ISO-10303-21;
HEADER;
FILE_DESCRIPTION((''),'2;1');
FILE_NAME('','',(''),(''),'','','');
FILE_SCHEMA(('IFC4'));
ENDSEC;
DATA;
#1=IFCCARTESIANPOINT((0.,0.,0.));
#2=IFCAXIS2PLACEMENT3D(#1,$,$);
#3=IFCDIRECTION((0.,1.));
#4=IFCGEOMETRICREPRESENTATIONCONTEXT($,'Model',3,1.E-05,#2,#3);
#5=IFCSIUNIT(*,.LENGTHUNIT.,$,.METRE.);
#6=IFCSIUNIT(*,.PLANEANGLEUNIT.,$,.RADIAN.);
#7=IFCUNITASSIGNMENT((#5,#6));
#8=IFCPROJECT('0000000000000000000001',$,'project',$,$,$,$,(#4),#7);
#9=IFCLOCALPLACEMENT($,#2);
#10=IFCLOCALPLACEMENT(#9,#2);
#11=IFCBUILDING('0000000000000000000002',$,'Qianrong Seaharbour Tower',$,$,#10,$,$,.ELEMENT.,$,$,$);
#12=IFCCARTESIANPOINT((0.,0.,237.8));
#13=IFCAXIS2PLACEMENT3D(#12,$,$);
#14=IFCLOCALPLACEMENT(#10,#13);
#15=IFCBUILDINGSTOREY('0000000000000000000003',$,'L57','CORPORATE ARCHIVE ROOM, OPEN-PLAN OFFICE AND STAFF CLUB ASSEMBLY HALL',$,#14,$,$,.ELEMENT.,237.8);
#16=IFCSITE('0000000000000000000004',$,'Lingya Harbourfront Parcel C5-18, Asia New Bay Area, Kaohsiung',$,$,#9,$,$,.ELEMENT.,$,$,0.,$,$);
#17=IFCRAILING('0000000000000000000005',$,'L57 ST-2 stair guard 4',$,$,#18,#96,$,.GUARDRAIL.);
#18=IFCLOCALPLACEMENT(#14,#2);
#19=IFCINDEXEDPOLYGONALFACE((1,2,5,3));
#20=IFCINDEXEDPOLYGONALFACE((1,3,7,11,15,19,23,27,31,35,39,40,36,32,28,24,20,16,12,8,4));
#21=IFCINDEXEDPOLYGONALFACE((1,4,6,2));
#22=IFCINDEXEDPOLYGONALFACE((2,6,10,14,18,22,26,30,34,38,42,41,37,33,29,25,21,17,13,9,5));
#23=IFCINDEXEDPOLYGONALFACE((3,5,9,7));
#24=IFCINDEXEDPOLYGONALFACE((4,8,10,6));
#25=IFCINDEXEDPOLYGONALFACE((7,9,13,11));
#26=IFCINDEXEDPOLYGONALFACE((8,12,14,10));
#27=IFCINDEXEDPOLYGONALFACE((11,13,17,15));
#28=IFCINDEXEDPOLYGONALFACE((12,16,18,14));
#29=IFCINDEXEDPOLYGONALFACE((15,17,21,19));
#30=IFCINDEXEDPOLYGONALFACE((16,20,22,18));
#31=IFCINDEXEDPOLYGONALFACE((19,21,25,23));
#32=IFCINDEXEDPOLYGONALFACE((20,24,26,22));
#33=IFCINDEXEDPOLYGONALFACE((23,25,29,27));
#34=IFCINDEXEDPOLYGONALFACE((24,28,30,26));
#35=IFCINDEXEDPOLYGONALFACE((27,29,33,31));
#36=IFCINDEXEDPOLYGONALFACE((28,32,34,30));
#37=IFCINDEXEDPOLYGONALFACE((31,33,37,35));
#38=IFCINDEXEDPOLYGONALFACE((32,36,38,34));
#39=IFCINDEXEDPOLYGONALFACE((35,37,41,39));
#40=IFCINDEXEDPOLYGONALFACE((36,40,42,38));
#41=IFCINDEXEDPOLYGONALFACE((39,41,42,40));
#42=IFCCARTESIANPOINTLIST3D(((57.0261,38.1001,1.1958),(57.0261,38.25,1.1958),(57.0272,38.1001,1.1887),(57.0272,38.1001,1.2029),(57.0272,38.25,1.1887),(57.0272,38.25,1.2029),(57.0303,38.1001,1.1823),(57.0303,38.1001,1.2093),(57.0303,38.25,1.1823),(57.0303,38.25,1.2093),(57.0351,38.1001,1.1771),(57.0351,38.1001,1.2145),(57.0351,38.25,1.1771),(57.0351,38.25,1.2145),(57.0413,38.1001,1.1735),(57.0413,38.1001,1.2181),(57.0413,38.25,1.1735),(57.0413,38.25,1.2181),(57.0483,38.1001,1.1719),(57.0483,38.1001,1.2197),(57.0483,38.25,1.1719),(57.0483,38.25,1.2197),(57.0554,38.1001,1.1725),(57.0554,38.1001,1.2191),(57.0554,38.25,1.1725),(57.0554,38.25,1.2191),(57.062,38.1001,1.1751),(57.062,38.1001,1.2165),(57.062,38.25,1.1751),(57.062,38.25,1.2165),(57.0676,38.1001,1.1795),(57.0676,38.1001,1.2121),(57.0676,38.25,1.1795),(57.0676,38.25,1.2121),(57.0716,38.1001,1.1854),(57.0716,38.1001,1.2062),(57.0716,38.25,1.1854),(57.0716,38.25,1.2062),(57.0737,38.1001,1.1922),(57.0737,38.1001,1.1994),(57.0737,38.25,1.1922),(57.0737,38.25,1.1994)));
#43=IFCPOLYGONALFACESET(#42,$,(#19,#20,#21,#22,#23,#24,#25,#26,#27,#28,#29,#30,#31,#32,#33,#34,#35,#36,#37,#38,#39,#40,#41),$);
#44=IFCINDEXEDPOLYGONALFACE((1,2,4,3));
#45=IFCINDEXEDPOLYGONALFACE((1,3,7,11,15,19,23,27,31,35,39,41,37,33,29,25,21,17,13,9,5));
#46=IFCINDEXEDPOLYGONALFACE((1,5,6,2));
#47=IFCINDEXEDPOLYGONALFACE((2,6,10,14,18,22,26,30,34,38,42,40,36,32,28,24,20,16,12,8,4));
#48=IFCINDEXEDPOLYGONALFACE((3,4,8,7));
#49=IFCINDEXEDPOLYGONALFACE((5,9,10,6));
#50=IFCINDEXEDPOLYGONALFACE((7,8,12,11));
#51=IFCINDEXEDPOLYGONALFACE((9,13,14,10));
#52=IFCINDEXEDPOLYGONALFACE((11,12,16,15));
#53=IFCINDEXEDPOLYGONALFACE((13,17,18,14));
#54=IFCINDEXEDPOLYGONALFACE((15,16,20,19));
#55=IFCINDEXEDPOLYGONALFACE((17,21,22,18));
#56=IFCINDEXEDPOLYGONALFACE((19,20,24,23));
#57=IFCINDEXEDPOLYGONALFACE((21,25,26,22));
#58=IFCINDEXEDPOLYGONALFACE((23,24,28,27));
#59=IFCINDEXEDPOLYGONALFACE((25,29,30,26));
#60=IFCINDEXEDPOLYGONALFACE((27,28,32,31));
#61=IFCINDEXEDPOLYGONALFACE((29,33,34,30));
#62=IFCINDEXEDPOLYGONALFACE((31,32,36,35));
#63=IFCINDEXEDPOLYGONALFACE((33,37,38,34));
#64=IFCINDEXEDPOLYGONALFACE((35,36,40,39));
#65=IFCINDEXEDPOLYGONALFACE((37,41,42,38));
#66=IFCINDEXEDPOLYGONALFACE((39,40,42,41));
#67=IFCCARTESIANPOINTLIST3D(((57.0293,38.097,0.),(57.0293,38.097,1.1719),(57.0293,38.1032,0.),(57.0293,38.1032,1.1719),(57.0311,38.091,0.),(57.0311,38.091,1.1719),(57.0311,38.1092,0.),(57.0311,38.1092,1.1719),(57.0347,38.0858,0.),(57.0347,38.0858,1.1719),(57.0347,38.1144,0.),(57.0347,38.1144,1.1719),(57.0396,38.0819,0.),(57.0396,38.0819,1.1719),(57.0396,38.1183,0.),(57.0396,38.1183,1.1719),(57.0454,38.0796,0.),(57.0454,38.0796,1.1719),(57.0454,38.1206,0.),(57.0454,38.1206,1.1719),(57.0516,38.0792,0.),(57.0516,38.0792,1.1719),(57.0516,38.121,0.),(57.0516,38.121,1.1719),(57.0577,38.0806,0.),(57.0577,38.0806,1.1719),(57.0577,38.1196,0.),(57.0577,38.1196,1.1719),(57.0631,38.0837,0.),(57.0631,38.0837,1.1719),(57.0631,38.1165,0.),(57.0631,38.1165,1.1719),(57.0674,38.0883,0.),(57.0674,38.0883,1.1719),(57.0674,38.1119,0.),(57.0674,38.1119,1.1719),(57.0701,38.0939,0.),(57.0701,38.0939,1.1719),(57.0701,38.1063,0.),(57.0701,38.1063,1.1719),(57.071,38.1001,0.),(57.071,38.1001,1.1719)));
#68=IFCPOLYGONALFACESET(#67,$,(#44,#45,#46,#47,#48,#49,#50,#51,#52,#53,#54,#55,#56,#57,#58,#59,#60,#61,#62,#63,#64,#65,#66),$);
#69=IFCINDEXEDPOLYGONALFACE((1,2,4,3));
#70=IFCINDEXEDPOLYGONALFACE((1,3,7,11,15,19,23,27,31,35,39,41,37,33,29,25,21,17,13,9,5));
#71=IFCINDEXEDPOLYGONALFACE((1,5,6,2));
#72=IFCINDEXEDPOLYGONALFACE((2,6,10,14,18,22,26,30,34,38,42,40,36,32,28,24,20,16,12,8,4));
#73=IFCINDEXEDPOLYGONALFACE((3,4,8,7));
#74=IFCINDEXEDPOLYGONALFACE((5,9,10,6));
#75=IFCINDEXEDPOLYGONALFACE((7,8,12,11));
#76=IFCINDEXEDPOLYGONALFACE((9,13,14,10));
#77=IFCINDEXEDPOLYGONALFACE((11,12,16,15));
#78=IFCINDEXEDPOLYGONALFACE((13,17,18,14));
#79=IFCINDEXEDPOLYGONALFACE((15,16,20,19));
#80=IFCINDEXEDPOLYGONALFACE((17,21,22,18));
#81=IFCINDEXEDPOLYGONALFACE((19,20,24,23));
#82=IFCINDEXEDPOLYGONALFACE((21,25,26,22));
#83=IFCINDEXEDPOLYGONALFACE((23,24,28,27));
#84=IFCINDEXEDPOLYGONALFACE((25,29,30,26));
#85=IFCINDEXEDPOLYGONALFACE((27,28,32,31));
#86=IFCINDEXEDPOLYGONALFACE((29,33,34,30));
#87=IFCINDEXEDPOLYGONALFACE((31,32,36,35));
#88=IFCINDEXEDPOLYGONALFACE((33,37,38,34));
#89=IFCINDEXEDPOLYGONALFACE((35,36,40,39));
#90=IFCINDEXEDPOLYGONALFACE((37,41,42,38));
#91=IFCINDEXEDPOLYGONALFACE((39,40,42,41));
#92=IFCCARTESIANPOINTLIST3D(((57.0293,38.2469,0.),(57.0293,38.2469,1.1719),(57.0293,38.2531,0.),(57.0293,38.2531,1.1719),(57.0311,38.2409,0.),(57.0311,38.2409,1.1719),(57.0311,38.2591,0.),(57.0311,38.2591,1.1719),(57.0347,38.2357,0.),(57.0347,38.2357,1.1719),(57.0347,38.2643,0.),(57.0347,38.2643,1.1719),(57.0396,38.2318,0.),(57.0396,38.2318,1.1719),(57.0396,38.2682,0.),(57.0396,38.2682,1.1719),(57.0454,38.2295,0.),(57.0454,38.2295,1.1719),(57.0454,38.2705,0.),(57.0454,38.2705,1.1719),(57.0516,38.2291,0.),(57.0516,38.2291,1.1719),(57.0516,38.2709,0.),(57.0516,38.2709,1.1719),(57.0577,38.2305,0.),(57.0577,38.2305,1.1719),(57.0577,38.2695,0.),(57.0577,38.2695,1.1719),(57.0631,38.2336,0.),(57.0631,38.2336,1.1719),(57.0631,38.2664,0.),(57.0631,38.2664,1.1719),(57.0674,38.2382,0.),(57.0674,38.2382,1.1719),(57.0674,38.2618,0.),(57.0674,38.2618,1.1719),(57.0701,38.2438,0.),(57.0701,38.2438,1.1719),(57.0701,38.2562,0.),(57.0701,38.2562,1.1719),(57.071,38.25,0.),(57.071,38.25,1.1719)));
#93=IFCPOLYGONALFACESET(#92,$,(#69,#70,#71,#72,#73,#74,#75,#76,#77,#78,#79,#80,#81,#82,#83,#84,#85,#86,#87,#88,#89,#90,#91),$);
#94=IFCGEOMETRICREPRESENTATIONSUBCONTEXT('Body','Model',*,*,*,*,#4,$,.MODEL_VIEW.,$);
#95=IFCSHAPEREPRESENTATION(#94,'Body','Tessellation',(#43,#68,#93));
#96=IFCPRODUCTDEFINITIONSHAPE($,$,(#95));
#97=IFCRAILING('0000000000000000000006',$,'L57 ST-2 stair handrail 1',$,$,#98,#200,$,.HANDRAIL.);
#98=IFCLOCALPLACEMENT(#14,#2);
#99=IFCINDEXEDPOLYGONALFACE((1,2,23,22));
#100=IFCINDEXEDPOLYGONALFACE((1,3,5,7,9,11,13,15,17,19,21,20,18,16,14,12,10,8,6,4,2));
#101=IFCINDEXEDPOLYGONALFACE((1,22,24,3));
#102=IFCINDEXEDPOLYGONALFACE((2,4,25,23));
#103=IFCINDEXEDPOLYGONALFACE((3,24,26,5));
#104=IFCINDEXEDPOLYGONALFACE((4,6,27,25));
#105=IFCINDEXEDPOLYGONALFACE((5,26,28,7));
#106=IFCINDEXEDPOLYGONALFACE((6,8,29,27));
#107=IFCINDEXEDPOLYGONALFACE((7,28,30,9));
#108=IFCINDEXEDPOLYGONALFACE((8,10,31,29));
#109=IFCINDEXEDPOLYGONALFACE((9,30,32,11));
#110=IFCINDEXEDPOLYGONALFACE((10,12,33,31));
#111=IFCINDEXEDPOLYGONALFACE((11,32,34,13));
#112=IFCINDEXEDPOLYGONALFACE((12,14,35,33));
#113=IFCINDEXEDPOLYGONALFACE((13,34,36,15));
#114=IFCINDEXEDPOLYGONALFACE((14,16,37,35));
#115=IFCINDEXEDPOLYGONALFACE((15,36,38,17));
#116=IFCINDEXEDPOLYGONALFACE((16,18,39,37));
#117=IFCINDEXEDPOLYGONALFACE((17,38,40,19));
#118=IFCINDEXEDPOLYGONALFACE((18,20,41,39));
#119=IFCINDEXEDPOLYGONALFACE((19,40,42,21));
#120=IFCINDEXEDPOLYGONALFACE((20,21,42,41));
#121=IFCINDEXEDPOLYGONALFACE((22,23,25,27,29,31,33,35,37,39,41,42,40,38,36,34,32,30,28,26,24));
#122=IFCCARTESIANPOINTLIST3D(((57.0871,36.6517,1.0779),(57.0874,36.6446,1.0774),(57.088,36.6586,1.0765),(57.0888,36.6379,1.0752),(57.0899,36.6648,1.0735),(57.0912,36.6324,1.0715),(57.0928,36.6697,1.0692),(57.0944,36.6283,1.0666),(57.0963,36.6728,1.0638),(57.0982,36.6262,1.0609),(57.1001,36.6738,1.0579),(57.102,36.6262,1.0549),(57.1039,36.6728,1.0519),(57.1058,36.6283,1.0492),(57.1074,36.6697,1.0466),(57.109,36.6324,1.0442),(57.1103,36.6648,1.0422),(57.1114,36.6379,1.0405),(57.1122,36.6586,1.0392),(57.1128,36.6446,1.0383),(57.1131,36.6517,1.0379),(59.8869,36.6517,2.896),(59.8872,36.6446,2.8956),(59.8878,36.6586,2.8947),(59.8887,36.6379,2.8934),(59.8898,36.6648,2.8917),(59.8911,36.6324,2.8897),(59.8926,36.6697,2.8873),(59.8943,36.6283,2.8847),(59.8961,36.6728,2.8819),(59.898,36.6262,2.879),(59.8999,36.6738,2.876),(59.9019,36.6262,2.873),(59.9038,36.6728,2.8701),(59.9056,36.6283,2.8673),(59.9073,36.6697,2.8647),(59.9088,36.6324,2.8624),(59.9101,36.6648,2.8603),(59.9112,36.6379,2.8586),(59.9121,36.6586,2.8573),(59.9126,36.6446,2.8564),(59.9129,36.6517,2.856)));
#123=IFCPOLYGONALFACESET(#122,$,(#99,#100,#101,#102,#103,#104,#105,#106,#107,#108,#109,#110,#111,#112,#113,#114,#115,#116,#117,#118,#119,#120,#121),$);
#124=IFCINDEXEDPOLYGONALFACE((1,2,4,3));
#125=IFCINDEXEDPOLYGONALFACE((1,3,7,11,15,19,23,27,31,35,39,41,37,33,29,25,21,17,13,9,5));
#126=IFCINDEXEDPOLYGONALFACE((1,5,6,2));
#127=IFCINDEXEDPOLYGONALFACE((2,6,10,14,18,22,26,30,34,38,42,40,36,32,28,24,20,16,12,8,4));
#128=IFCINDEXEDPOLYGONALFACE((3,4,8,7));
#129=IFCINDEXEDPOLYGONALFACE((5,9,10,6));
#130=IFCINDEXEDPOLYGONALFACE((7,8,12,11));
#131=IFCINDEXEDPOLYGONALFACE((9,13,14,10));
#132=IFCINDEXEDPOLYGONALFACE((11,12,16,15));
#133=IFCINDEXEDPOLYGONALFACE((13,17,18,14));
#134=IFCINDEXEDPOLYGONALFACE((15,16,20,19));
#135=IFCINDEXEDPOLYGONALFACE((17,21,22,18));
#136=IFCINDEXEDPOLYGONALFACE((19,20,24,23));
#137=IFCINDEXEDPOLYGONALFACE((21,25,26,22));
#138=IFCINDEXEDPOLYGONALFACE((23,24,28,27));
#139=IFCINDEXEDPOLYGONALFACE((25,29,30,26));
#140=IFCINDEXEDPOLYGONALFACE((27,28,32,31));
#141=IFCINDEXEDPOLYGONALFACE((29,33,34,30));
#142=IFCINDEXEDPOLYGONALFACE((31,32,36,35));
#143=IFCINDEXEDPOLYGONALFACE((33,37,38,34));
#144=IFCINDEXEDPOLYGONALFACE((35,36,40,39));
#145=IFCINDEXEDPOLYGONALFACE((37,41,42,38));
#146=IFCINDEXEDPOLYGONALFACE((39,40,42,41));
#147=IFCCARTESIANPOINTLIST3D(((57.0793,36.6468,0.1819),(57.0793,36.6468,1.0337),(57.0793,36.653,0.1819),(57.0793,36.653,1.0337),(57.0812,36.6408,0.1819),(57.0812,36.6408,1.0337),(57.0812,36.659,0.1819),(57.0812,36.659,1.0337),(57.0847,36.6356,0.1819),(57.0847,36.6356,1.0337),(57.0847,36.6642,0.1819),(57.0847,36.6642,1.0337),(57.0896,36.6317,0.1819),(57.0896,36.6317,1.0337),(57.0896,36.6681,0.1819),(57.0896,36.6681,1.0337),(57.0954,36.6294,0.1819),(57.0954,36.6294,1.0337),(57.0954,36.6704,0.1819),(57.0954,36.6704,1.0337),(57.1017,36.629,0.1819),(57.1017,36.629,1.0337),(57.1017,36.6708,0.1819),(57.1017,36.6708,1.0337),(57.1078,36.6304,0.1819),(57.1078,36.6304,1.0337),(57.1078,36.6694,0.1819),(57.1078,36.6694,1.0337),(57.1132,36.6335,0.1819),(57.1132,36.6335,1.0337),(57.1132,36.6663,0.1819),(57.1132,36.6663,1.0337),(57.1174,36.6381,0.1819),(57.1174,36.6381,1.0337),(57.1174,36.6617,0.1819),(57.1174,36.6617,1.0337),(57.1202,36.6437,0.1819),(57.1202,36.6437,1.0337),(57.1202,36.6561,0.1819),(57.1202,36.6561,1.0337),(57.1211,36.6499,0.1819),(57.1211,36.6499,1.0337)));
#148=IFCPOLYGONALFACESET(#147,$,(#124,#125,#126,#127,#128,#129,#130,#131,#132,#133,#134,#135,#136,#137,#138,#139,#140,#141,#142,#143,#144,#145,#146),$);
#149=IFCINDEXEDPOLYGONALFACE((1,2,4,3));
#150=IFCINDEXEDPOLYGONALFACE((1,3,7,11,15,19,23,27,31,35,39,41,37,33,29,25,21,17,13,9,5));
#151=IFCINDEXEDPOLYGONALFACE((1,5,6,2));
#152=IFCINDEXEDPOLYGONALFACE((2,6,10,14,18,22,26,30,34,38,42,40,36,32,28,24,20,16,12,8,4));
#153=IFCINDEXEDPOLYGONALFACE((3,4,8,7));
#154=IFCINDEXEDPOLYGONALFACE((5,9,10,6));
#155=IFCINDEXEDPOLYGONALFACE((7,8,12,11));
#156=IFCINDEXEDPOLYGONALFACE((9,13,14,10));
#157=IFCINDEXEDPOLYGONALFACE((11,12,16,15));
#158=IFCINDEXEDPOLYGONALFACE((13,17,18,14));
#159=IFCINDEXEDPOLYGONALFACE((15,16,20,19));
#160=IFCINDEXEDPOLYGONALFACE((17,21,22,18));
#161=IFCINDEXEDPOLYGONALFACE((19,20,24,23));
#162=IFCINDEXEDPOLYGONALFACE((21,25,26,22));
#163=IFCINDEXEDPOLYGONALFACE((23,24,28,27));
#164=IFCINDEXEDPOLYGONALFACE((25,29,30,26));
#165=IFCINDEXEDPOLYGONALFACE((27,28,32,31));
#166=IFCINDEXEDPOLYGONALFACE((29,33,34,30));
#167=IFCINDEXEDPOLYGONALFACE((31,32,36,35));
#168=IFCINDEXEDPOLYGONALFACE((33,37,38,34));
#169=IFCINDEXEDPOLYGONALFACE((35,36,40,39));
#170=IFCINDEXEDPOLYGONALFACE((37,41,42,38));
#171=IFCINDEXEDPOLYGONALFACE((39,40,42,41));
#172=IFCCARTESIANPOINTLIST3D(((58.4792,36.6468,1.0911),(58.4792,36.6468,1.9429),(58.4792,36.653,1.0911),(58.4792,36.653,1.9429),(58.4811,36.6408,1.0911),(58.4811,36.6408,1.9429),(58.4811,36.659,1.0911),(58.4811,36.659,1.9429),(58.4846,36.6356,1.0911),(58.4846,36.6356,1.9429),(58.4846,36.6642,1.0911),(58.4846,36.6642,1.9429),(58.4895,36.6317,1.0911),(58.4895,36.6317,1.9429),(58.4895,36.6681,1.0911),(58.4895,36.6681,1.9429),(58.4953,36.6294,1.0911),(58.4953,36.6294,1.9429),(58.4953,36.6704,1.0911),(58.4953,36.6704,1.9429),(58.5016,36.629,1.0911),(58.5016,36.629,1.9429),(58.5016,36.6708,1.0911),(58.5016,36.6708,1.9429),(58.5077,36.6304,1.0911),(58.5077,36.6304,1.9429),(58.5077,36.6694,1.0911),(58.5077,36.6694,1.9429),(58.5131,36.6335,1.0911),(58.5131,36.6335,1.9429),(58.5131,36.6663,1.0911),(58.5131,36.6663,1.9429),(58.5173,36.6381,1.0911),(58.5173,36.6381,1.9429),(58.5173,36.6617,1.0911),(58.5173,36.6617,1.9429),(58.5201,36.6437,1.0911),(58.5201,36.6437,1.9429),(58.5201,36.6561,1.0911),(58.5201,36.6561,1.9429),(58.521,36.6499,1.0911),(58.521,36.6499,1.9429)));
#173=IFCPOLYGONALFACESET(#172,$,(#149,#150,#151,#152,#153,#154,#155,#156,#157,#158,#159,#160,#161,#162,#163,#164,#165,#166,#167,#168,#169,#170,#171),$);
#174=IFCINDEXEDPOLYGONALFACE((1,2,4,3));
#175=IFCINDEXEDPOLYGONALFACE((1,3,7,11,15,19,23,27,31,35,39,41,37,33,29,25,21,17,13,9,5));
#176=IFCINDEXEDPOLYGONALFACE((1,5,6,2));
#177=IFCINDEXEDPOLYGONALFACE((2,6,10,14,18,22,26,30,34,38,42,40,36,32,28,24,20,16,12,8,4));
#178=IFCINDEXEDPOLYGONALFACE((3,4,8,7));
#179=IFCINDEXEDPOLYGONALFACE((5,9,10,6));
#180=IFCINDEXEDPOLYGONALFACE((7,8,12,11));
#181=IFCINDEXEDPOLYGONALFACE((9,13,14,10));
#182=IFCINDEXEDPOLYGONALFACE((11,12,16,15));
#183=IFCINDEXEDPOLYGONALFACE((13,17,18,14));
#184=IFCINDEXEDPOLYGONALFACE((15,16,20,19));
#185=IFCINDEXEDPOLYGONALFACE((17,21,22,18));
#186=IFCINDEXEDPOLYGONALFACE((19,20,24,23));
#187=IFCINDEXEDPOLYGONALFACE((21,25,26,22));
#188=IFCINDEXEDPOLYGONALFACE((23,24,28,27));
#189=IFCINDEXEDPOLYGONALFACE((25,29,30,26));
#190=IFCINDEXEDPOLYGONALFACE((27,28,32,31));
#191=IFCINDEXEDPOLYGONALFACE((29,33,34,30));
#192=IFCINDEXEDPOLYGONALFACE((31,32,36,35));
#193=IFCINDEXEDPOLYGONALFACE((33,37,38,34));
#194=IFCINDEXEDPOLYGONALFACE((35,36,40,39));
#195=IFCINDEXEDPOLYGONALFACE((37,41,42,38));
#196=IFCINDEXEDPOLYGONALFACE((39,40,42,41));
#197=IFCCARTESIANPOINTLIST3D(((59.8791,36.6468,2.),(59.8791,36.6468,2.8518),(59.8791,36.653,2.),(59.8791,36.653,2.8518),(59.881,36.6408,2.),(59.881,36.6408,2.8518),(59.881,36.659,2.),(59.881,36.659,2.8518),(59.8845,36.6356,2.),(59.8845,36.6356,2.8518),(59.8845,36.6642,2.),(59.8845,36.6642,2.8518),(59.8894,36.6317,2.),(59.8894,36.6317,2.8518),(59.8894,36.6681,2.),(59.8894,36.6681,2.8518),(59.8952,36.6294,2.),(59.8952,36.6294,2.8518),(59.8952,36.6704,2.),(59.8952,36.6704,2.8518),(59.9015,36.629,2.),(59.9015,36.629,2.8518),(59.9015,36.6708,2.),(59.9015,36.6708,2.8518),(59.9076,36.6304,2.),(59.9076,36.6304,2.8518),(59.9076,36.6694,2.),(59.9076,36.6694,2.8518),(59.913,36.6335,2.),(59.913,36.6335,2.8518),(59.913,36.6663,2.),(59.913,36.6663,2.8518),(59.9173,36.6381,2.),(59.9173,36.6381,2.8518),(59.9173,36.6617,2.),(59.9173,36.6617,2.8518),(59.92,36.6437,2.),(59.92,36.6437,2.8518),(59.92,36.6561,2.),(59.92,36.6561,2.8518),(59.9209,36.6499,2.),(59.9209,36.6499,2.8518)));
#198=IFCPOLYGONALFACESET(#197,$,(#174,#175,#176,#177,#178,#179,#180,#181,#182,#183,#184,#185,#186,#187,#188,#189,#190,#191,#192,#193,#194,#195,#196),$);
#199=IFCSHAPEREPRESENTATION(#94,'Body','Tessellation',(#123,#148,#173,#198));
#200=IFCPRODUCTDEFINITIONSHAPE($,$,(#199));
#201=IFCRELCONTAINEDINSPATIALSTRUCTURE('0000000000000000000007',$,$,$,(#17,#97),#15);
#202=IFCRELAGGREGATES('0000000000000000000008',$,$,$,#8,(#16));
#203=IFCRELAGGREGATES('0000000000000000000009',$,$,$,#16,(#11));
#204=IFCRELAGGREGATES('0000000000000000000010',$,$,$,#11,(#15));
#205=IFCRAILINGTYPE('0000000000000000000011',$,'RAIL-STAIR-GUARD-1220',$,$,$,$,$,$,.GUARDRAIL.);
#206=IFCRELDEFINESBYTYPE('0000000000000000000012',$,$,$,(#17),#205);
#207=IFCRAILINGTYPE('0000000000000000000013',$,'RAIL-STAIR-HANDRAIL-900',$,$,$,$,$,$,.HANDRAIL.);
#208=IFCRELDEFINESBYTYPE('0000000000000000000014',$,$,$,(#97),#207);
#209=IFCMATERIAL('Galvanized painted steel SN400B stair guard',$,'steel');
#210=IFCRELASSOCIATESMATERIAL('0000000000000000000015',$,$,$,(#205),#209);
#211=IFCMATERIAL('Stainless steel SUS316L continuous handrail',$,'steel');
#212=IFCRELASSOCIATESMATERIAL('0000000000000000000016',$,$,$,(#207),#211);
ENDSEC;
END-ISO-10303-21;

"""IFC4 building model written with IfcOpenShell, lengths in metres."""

from ifc_helpers import new_model, si_unit, direction, frame, origin, origin_2d, place, context, subcontext, project, spatial, circle, extrude, material, type_object, element, save


model = new_model("IFC4")

# Units and contexts
model_context = context("Model", 3, precision=1e-05, world=origin(), true_north=direction((0.0, 1.0)))
body_context = subcontext(model_context, "Body", "Model", "MODEL_VIEW")
ifc_project = project(units=[si_unit("LENGTHUNIT", "METRE"), si_unit("PLANEANGLEUNIT", "RADIAN")], contexts=[model_context])

# Site, building, storey
site_placement = place(None, origin())
site = spatial("IfcSite", under=ifc_project, at=site_placement, Name="Lingya Harbourfront Parcel C5-18, Asia New Bay Area, Kaohsiung", CompositionType="ELEMENT", RefElevation=0.0)
building_placement = place(site_placement, origin())
building = spatial("IfcBuilding", under=site, at=building_placement, Name="Qianrong Seaharbour Tower", CompositionType="ELEMENT")
storey_placement = place(building_placement, frame((0.0, 0.0, 237.8)))
storey = spatial("IfcBuildingStorey", under=building, at=storey_placement, Name="L57", Description="CORPORATE ARCHIVE ROOM, OPEN-PLAN OFFICE AND STAFF CLUB ASSEMBLY HALL", CompositionType="ELEMENT", Elevation=237.8)

# Railings
ifc_material_1 = material(Name="Galvanized painted steel SN400B stair guard", Category="steel")
railing_type_1 = type_object("IfcRailingType", Name="RAIL-STAIR-GUARD-1220", PredefinedType="GUARDRAIL", material=ifc_material_1)
railing_1_placement = place(storey_placement, frame((57.05, 38.1001, 0.0)))
element("IfcRailing", 1, at=railing_1_placement, inside=storey, type_object=railing_type_1, Name="L57 ST-2 stair guard 4", PredefinedType="GUARDRAIL", context=body_context, shape_type="SweptSolid", body=[
    extrude(circle(Radius=0.0239, at=origin_2d()), frame((0.0, 0.0, 1.1958), z_axis=(0.0, 1.0, 0.0), x_axis=(-1.0, 0.0, 0.0)), (0.0, 0.0, 1.0), 0.1499),
    extrude(circle(Radius=0.021, at=origin_2d()), origin(), (0.0, 0.0, 1.0), 1.1719),
    extrude(circle(Radius=0.021, at=origin_2d()), frame((0.0, 0.1499, 0.0)), (0.0, 0.0, 1.0), 1.1719),
])
ifc_material_2 = material(Name="Stainless steel SUS316L continuous handrail", Category="steel")
railing_type_2 = type_object("IfcRailingType", Name="RAIL-STAIR-HANDRAIL-900", PredefinedType="HANDRAIL", material=ifc_material_2)
railing_2_placement = place(storey_placement, frame((57.1001, 36.6499, 0.1819)))
element("IfcRailing", 2, at=railing_2_placement, inside=storey, type_object=railing_type_2, Name="L57 ST-2 stair handrail 1", PredefinedType="HANDRAIL", context=body_context, shape_type="SweptSolid", body=[
    extrude(circle(Radius=0.0239, at=origin_2d()), frame((0.0, 0.0, 0.876), z_axis=(0.838684, 0.0, 0.544618), x_axis=(0.0, 1.0, 0.0)), (0.0, 0.0, 1.0), 3.3384),
    extrude(circle(Radius=0.021, at=origin_2d()), origin(), (0.0, 0.0, 1.0), 0.8518),
    extrude(circle(Radius=0.021, at=origin_2d()), frame((1.3999, 0.0, 0.9092)), (0.0, 0.0, 1.0), 0.8518),
    extrude(circle(Radius=0.021, at=origin_2d()), frame((2.7998, 0.0, 1.8181)), (0.0, 0.0, 1.0), 0.8518),
])

save(model, "model.ifc")
